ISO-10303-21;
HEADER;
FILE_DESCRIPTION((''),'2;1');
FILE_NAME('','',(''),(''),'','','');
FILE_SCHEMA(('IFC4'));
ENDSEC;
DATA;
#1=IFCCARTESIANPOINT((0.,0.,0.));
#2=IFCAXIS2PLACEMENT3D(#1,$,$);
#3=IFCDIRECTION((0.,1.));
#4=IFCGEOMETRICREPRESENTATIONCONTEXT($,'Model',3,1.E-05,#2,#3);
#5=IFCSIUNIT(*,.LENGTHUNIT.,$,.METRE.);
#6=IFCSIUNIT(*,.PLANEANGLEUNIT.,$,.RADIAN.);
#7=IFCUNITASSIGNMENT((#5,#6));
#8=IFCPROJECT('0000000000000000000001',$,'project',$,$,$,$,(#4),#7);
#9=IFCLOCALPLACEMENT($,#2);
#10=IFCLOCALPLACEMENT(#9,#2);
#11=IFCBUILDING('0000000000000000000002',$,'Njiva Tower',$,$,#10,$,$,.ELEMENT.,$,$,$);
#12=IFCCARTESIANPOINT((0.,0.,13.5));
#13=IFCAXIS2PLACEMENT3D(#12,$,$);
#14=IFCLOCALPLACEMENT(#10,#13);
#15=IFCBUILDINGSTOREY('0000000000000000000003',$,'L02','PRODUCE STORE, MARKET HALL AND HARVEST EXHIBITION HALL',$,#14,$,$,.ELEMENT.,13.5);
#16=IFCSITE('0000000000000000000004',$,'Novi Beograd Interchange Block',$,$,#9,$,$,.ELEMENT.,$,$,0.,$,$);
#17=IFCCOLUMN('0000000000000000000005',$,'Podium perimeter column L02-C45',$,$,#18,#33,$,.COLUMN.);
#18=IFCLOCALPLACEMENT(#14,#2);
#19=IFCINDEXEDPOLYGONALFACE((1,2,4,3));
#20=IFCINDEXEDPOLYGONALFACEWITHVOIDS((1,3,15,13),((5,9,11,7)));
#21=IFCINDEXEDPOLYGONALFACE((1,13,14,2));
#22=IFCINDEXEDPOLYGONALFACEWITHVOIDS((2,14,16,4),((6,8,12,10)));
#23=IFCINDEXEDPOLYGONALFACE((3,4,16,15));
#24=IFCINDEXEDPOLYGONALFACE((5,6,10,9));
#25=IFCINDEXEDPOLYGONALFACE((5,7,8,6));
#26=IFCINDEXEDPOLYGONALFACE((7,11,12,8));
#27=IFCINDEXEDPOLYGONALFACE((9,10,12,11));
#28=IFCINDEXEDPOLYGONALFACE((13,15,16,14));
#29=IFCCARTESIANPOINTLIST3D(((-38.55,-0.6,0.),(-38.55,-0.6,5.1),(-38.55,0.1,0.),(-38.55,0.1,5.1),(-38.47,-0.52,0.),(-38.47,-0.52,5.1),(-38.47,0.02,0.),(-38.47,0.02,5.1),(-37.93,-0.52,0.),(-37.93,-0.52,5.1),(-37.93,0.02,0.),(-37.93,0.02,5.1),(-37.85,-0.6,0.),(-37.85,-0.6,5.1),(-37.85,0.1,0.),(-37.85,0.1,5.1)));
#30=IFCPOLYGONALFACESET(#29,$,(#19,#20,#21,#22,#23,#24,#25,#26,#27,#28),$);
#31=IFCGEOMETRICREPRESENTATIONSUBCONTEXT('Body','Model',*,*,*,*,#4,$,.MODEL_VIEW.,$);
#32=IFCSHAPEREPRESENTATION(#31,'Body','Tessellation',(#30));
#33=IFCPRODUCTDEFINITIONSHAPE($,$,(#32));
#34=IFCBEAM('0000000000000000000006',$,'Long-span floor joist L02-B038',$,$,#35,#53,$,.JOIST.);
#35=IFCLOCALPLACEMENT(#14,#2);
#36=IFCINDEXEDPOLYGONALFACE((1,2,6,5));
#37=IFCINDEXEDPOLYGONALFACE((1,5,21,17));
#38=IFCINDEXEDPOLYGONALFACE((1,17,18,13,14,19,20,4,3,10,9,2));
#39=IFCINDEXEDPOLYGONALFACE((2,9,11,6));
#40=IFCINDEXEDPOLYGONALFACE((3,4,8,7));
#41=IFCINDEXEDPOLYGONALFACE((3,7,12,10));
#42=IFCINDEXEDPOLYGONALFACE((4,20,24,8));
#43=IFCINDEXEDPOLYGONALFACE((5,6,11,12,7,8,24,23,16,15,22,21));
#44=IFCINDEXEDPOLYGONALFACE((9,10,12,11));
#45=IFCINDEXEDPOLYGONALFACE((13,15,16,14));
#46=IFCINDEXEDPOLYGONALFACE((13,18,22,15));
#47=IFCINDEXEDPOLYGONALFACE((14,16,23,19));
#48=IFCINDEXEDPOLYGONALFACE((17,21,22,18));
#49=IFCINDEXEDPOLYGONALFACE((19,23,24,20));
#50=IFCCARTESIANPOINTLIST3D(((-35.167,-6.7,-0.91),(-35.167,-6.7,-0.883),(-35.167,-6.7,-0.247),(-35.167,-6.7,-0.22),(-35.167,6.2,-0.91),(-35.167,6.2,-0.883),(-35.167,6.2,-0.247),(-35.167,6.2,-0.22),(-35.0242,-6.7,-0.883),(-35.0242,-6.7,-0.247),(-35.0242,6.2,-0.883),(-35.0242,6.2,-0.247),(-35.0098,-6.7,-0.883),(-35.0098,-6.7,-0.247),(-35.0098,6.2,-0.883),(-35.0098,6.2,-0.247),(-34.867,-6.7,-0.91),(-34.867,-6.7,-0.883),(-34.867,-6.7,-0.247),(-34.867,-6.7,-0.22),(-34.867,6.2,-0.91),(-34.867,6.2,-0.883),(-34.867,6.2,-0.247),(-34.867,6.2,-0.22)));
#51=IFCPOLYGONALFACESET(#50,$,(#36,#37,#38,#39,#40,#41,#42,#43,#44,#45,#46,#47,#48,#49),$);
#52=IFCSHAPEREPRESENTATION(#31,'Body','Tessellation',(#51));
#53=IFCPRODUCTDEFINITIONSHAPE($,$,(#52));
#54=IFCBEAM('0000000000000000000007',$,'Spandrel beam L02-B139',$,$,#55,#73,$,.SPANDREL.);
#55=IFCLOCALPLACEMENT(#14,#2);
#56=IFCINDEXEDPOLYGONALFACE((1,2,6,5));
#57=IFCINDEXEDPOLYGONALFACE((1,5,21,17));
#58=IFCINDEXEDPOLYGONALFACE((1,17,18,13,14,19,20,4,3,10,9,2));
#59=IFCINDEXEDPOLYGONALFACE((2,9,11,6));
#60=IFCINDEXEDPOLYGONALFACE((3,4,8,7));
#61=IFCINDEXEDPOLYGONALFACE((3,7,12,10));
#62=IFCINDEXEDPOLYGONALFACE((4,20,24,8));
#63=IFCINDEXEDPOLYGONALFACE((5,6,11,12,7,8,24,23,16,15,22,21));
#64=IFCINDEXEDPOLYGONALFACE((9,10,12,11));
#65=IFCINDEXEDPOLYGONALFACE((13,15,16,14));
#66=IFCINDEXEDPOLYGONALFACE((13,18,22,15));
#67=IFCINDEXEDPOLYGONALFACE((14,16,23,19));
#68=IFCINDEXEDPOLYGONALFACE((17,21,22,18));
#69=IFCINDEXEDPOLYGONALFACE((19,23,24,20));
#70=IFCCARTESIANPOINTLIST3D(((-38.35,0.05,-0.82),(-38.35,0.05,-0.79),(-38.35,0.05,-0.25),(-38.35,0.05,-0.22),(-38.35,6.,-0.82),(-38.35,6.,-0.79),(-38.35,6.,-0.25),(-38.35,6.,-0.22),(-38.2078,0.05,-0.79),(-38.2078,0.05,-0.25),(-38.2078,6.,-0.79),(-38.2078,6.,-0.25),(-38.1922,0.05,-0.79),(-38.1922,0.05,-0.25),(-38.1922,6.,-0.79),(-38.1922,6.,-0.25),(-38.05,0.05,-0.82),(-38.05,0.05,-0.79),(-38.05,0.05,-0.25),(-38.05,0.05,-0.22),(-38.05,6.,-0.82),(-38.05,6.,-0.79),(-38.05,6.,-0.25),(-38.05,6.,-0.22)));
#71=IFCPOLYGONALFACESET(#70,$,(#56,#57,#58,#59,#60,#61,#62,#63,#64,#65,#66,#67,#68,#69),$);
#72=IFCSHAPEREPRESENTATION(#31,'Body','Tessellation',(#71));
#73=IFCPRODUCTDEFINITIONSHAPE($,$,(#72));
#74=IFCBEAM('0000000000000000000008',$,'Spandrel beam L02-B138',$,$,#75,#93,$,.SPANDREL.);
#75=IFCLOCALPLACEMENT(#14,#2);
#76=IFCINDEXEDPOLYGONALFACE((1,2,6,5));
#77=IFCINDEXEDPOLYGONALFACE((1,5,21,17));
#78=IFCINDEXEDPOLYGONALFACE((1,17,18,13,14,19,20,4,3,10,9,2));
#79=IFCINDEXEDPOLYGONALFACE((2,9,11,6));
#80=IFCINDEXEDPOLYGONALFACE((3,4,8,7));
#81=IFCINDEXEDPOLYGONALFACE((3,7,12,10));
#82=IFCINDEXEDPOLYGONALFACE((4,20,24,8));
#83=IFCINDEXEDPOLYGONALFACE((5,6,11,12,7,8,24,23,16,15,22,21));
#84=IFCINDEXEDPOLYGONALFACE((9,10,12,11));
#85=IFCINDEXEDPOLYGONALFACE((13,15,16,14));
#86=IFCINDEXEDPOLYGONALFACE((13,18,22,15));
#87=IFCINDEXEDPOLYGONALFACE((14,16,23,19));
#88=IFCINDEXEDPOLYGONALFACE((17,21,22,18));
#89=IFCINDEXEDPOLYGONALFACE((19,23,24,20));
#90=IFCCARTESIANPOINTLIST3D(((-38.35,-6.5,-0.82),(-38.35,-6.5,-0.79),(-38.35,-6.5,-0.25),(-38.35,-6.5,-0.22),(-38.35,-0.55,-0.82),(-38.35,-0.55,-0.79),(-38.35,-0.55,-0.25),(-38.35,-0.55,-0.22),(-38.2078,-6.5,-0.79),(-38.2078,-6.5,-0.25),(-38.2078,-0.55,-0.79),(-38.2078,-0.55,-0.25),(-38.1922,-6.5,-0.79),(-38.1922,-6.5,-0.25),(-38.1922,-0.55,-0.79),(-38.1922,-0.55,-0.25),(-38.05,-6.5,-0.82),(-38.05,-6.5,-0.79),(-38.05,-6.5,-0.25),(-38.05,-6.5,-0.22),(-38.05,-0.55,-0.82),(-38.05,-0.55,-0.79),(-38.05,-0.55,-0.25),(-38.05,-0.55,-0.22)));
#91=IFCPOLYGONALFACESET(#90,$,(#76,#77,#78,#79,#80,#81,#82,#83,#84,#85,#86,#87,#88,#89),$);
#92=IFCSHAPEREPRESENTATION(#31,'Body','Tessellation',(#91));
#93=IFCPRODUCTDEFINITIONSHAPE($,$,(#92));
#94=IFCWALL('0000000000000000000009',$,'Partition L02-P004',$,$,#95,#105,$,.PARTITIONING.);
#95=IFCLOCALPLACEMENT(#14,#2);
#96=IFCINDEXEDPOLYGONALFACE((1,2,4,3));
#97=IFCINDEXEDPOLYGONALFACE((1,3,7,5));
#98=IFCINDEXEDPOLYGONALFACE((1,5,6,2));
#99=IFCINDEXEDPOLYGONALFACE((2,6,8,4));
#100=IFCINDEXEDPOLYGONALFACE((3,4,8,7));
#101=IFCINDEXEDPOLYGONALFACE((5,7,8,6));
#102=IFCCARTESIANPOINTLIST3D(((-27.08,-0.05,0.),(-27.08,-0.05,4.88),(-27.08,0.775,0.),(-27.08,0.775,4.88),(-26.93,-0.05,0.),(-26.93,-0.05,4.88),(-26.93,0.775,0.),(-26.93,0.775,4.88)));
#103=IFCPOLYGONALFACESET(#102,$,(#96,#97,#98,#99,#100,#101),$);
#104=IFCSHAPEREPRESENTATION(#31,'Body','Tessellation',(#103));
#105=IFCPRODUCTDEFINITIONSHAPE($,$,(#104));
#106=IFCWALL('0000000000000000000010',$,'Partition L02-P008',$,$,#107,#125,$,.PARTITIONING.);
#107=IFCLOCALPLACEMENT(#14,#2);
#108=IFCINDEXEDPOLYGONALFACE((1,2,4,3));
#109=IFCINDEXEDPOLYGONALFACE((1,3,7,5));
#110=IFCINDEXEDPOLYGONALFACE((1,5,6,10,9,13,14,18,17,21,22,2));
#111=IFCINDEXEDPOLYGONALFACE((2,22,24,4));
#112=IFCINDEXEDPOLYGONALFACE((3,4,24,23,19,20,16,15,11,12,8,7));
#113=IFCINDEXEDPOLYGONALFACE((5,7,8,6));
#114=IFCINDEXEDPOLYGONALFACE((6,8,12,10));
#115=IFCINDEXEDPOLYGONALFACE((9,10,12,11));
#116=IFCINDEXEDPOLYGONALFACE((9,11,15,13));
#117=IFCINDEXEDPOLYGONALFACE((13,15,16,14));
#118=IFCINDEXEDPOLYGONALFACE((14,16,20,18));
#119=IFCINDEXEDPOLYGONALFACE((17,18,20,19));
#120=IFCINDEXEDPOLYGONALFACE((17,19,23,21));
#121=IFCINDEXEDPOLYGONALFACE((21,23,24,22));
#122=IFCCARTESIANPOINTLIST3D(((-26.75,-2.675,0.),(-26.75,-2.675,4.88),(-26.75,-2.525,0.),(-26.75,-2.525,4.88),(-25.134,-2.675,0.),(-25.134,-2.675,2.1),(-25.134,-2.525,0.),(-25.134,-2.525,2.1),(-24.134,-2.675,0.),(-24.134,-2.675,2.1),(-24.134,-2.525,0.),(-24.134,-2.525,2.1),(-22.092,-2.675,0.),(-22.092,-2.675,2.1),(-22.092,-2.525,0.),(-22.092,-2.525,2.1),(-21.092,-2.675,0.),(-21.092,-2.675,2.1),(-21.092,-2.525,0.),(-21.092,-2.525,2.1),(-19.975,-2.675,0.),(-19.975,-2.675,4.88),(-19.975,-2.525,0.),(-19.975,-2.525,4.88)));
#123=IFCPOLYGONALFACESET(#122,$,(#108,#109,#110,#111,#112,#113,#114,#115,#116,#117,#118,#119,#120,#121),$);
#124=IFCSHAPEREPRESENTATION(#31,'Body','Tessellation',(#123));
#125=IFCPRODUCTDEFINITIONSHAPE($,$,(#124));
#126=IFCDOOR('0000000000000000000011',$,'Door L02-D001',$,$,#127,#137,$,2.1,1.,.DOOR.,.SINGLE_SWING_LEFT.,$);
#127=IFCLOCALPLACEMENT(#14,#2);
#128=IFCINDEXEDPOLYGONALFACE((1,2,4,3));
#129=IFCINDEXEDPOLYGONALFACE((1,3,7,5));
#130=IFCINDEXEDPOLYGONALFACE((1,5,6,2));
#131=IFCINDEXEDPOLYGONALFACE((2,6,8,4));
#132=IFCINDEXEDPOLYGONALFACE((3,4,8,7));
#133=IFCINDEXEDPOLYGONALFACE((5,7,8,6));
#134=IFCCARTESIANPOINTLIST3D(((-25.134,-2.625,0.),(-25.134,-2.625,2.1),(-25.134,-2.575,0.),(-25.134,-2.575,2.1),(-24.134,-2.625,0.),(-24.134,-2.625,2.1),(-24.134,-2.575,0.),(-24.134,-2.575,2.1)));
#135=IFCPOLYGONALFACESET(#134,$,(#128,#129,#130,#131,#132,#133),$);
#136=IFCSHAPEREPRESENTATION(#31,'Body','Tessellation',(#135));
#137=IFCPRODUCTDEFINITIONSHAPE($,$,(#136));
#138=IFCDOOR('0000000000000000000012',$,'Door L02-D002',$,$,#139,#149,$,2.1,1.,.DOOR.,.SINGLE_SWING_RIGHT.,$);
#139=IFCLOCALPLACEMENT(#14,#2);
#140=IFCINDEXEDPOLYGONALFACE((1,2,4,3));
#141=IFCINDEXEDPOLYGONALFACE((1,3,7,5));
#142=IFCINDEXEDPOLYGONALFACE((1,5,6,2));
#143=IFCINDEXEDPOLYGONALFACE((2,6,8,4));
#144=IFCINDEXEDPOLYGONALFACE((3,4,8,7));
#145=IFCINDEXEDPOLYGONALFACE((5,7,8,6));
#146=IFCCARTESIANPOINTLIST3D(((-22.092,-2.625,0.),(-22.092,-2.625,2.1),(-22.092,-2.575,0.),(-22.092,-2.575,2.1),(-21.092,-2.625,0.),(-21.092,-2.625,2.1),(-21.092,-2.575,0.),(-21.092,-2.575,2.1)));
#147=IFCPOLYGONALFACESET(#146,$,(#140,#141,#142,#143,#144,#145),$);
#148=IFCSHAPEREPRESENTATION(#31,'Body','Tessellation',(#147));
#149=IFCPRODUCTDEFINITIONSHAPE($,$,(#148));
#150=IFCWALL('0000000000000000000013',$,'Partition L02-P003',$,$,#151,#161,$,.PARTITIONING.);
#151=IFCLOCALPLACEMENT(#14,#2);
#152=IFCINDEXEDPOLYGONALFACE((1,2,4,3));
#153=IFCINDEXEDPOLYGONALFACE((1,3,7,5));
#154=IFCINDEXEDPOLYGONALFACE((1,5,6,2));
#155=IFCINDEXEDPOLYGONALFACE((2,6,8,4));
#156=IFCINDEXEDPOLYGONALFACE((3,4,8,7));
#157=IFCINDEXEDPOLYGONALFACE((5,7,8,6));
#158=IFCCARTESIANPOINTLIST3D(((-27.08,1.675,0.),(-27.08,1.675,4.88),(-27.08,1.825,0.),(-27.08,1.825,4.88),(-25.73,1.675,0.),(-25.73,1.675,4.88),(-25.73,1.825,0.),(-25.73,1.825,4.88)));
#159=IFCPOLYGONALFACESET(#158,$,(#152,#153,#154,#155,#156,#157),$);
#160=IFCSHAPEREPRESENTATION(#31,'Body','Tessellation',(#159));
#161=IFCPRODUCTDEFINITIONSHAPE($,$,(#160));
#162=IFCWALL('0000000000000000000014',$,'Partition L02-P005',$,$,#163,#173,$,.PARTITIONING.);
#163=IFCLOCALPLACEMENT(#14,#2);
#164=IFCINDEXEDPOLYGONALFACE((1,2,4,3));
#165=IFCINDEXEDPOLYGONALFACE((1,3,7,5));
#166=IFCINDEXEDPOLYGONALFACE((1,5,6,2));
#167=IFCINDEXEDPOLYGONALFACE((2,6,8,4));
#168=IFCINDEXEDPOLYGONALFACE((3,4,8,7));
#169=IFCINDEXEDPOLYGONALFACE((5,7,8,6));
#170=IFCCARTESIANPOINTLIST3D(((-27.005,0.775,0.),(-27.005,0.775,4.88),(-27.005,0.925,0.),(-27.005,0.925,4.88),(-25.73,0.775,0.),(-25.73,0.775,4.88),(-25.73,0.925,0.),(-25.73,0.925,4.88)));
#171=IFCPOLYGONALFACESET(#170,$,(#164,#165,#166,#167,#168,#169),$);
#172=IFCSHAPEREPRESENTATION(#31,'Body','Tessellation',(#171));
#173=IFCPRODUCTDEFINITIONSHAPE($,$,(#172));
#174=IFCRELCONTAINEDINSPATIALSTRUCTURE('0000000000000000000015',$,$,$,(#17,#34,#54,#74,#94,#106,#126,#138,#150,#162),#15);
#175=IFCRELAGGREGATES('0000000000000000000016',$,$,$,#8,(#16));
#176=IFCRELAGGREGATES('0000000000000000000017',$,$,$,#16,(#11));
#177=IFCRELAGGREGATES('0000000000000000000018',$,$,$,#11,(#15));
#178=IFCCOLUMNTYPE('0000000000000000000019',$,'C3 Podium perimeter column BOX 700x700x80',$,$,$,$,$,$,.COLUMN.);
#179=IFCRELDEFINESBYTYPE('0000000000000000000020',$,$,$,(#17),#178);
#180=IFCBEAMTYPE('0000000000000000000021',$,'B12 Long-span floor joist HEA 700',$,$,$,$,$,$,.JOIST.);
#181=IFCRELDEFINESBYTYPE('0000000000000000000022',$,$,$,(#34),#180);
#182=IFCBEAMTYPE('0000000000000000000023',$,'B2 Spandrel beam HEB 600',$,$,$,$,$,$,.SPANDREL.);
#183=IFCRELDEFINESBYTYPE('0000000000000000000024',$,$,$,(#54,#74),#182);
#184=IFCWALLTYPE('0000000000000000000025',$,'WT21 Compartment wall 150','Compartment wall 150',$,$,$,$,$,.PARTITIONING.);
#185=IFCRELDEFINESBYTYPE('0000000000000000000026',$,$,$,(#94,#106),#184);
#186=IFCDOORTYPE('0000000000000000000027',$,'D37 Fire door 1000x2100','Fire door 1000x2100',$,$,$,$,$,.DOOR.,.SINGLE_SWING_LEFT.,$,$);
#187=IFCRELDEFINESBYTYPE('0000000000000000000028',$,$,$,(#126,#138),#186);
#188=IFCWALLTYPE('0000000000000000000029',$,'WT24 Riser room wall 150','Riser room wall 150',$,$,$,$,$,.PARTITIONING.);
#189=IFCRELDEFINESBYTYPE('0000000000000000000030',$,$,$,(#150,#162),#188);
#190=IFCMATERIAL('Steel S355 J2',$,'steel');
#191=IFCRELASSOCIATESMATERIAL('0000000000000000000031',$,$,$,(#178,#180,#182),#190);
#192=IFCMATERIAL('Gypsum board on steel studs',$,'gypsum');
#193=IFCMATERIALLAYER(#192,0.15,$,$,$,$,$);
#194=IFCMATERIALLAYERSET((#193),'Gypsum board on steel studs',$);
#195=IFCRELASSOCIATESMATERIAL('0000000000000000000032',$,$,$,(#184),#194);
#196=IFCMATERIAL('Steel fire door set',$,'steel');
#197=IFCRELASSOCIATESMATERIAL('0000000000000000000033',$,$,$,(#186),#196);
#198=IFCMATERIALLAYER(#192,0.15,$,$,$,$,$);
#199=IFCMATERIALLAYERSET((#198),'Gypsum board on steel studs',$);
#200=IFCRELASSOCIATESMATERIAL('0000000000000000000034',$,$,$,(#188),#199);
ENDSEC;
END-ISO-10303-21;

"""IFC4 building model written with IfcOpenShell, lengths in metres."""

from ifc_helpers import new_model, si_unit, direction, frame, frame_2d, origin, origin_2d, place, context, subcontext, project, spatial, rectangle, hollow_rectangle, i_section, extrude, material, layer, layer_set, material_profile, profile_set, type_object, element, fill, save


model = new_model("IFC4")

# Units and contexts
model_context = context("Model", 3, precision=1e-05, world=origin(), true_north=direction((0.0, 1.0)))
body_context = subcontext(model_context, "Body", "Model", "MODEL_VIEW")
ifc_project = project(units=[si_unit("LENGTHUNIT", "METRE"), si_unit("PLANEANGLEUNIT", "RADIAN")], contexts=[model_context])

# Site, building, storey
site_placement = place(None, origin())
site = spatial("IfcSite", under=ifc_project, at=site_placement, Name="Novi Beograd Interchange Block", CompositionType="ELEMENT", RefElevation=0.0)
building_placement = place(site_placement, origin())
building = spatial("IfcBuilding", under=site, at=building_placement, Name="Njiva Tower", CompositionType="ELEMENT")
storey_placement = place(building_placement, frame((0.0, 0.0, 13.5)))
storey = spatial("IfcBuildingStorey", under=building, at=storey_placement, Name="L02", Description="PRODUCE STORE, MARKET HALL AND HARVEST EXHIBITION HALL", CompositionType="ELEMENT", Elevation=13.5)

# Column
ifc_material_1 = material(Name="Steel S355 J2", Category="steel")
ifc_material_profile_1 = material_profile(ifc_material_1, hollow_rectangle(XDim=0.7, YDim=0.7, WallThickness=0.08, at=origin_2d()), Name="BOX 700x700x80")
ifc_profile_set_1 = profile_set([ifc_material_profile_1], Name="Steel S355 J2")
column_type = type_object("IfcColumnType", Name="C3 Podium perimeter column BOX 700x700x80", PredefinedType="COLUMN", material=ifc_profile_set_1)
column_placement = place(storey_placement, frame((-38.2, -0.25, 0.0), z_axis=(0.0, 0.0, 1.0), x_axis=(0.0, -1.0, 0.0)))
element("IfcColumn", 1, at=column_placement, inside=storey, type_object=column_type, Name="Podium perimeter column L02-C45", PredefinedType="COLUMN", context=body_context, shape_type="SweptSolid", body=[
    extrude(hollow_rectangle(XDim=0.7, YDim=0.7, WallThickness=0.08, at=origin_2d()), origin(), (0.0, 0.0, 1.0), 5.1),
])

# Beams
ifc_material_profile_2 = material_profile(ifc_material_1, i_section(OverallWidth=0.3, OverallDepth=0.69, WebThickness=0.0145, FlangeThickness=0.027, at=origin_2d()), Name="HEA 700")
ifc_profile_set_2 = profile_set([ifc_material_profile_2], Name="Steel S355 J2")
beam_type_1 = type_object("IfcBeamType", Name="B12 Long-span floor joist HEA 700", PredefinedType="JOIST", material=ifc_profile_set_2)
beam_placement = place(storey_placement, frame((-35.017, 6.2, -0.565), z_axis=(0.0, -1.0, 0.0), x_axis=(1.0, 0.0, 0.0)))
element("IfcBeam", 2, at=beam_placement, inside=storey, type_object=beam_type_1, Name="Long-span floor joist L02-B038", PredefinedType="JOIST", context=body_context, shape_type="SweptSolid", body=[
    extrude(i_section(OverallWidth=0.3, OverallDepth=0.69, WebThickness=0.0145, FlangeThickness=0.027, at=origin_2d()), origin(), (0.0, 0.0, 1.0), 12.9),
])
ifc_material_profile_3 = material_profile(ifc_material_1, i_section(OverallWidth=0.3, OverallDepth=0.6, WebThickness=0.0155, FlangeThickness=0.03, at=origin_2d()), Name="HEB 600")
ifc_profile_set_3 = profile_set([ifc_material_profile_3], Name="Steel S355 J2")
beam_type_2 = type_object("IfcBeamType", Name="B2 Spandrel beam HEB 600", PredefinedType="SPANDREL", material=ifc_profile_set_3)
for number, where, z_axis, x_axis, name in (
    (3, (-38.2, 6.0, -0.52), (0.0, -1.0, 0.0), (1.0, 0.0, 0.0), "Spandrel beam L02-B139"),
    (4, (-38.2, -0.55, -0.52), (0.0, -1.0, 0.0), (1.0, 0.0, 0.0), "Spandrel beam L02-B138"),
):
    element("IfcBeam", number, at=place(storey_placement, frame(where, z_axis=z_axis, x_axis=x_axis)), inside=storey, type_object=beam_type_2, Name=name, PredefinedType="SPANDREL", context=body_context, shape_type="SweptSolid", body=[
        extrude(i_section(OverallWidth=0.3, OverallDepth=0.6, WebThickness=0.0155, FlangeThickness=0.03, at=origin_2d()), origin(), (0.0, 0.0, 1.0), 5.95),
    ])

# Wall
ifc_material_2 = material(Name="Gypsum board on steel studs", Category="gypsum")
ifc_layer_1 = layer(ifc_material_2, 0.15)
ifc_layer_set_1 = layer_set([ifc_layer_1], Name="Gypsum board on steel studs")
wall_type_1 = type_object("IfcWallType", Name="WT21 Compartment wall 150", Description="Compartment wall 150", PredefinedType="PARTITIONING", material=ifc_layer_set_1)
wall_1_placement = place(storey_placement, frame((-27.005, -0.05, 0.0), z_axis=(0.0, 0.0, 1.0), x_axis=(0.0, 1.0, 0.0)))
element("IfcWall", 5, at=wall_1_placement, inside=storey, type_object=wall_type_1, Name="Partition L02-P004", PredefinedType="PARTITIONING", context=body_context, shape_type="SweptSolid", body=[
    extrude(rectangle(XDim=0.825, YDim=0.15, at=frame_2d((0.4125, 0.0))), origin(), (0.0, 0.0, 1.0), 4.88),
])

# Wall, openings, doors
wall_2_placement = place(storey_placement, frame((-26.75, -2.6, 0.0), z_axis=(0.0, 0.0, 1.0), x_axis=(1.0, 0.0, 0.0)))
wall_2 = element("IfcWall", 6, at=wall_2_placement, inside=storey, type_object=wall_type_1, Name="Partition L02-P008", PredefinedType="PARTITIONING", context=body_context, shape_type="SweptSolid", body=[
    extrude(rectangle(XDim=6.775, YDim=0.15, at=frame_2d((3.3875, 0.0))), origin(), (0.0, 0.0, 1.0), 4.88),
])
opening_1_placement = place(wall_2_placement, frame((1.616, 0.0, 0.0)))
opening_1 = element("IfcOpeningElement", 7, at=opening_1_placement, cuts=wall_2, PredefinedType="OPENING", context=body_context, shape_type="SweptSolid", body=[
    extrude(rectangle(XDim=1.0, YDim=2.1, at=frame_2d((0.5, 1.05))), frame((0.0, 0.085, 0.0), z_axis=(0.0, -1.0, 0.0), x_axis=(1.0, 0.0, 0.0)), (0.0, 0.0, 1.0), 0.17),
])
opening_2_placement = place(wall_2_placement, frame((4.658, 0.0, 0.0)))
opening_2 = element("IfcOpeningElement", 8, at=opening_2_placement, cuts=wall_2, PredefinedType="OPENING", context=body_context, shape_type="SweptSolid", body=[
    extrude(rectangle(XDim=1.0, YDim=2.1, at=frame_2d((0.5, 1.05))), frame((0.0, 0.085, 0.0), z_axis=(0.0, -1.0, 0.0), x_axis=(1.0, 0.0, 0.0)), (0.0, 0.0, 1.0), 0.17),
])
ifc_material_3 = material(Name="Steel fire door set", Category="steel")
door_type = type_object("IfcDoorType", Name="D37 Fire door 1000x2100", Description="Fire door 1000x2100", OperationType="SINGLE_SWING_LEFT", PredefinedType="DOOR", material=ifc_material_3)
door_1_placement = place(opening_1_placement, origin())
door_1 = element("IfcDoor", 9, at=door_1_placement, inside=storey, type_object=door_type, Name="Door L02-D001", OperationType="SINGLE_SWING_LEFT", OverallHeight=2.1, OverallWidth=1.0, PredefinedType="DOOR", context=body_context, shape_type="SweptSolid", body=[
    extrude(rectangle(XDim=1.0, YDim=2.1, at=frame_2d((0.5, 1.05))), frame((0.0, 0.025, 0.0), z_axis=(0.0, -1.0, 0.0), x_axis=(1.0, 0.0, 0.0)), (0.0, 0.0, 1.0), 0.05),
])
fill(opening_1, door_1)
door_2_placement = place(opening_2_placement, origin())
door_2 = element("IfcDoor", 10, at=door_2_placement, inside=storey, type_object=door_type, Name="Door L02-D002", OperationType="SINGLE_SWING_RIGHT", OverallHeight=2.1, OverallWidth=1.0, PredefinedType="DOOR", context=body_context, shape_type="SweptSolid", body=[
    extrude(rectangle(XDim=1.0, YDim=2.1, at=frame_2d((0.5, 1.05))), frame((0.0, 0.025, 0.0), z_axis=(0.0, -1.0, 0.0), x_axis=(1.0, 0.0, 0.0)), (0.0, 0.0, 1.0), 0.05),
])
fill(opening_2, door_2)

# Walls
ifc_layer_2 = layer(ifc_material_2, 0.15)
ifc_layer_set_2 = layer_set([ifc_layer_2], Name="Gypsum board on steel studs")
wall_type_2 = type_object("IfcWallType", Name="WT24 Riser room wall 150", Description="Riser room wall 150", PredefinedType="PARTITIONING", material=ifc_layer_set_2)
wall_3_placement = place(storey_placement, frame((-27.08, 1.75, 0.0), z_axis=(0.0, 0.0, 1.0), x_axis=(1.0, 0.0, 0.0)))
element("IfcWall", 11, at=wall_3_placement, inside=storey, type_object=wall_type_2, Name="Partition L02-P003", PredefinedType="PARTITIONING", context=body_context, shape_type="SweptSolid", body=[
    extrude(rectangle(XDim=1.35, YDim=0.15, at=frame_2d((0.675, 0.0))), origin(), (0.0, 0.0, 1.0), 4.88),
])
wall_4_placement = place(storey_placement, frame((-27.005, 0.85, 0.0), z_axis=(0.0, 0.0, 1.0), x_axis=(1.0, 0.0, 0.0)))
element("IfcWall", 12, at=wall_4_placement, inside=storey, type_object=wall_type_2, Name="Partition L02-P005", PredefinedType="PARTITIONING", context=body_context, shape_type="SweptSolid", body=[
    extrude(rectangle(XDim=1.275, YDim=0.15, at=frame_2d((0.6375, 0.0))), origin(), (0.0, 0.0, 1.0), 4.88),
])

save(model, "model.ifc")
